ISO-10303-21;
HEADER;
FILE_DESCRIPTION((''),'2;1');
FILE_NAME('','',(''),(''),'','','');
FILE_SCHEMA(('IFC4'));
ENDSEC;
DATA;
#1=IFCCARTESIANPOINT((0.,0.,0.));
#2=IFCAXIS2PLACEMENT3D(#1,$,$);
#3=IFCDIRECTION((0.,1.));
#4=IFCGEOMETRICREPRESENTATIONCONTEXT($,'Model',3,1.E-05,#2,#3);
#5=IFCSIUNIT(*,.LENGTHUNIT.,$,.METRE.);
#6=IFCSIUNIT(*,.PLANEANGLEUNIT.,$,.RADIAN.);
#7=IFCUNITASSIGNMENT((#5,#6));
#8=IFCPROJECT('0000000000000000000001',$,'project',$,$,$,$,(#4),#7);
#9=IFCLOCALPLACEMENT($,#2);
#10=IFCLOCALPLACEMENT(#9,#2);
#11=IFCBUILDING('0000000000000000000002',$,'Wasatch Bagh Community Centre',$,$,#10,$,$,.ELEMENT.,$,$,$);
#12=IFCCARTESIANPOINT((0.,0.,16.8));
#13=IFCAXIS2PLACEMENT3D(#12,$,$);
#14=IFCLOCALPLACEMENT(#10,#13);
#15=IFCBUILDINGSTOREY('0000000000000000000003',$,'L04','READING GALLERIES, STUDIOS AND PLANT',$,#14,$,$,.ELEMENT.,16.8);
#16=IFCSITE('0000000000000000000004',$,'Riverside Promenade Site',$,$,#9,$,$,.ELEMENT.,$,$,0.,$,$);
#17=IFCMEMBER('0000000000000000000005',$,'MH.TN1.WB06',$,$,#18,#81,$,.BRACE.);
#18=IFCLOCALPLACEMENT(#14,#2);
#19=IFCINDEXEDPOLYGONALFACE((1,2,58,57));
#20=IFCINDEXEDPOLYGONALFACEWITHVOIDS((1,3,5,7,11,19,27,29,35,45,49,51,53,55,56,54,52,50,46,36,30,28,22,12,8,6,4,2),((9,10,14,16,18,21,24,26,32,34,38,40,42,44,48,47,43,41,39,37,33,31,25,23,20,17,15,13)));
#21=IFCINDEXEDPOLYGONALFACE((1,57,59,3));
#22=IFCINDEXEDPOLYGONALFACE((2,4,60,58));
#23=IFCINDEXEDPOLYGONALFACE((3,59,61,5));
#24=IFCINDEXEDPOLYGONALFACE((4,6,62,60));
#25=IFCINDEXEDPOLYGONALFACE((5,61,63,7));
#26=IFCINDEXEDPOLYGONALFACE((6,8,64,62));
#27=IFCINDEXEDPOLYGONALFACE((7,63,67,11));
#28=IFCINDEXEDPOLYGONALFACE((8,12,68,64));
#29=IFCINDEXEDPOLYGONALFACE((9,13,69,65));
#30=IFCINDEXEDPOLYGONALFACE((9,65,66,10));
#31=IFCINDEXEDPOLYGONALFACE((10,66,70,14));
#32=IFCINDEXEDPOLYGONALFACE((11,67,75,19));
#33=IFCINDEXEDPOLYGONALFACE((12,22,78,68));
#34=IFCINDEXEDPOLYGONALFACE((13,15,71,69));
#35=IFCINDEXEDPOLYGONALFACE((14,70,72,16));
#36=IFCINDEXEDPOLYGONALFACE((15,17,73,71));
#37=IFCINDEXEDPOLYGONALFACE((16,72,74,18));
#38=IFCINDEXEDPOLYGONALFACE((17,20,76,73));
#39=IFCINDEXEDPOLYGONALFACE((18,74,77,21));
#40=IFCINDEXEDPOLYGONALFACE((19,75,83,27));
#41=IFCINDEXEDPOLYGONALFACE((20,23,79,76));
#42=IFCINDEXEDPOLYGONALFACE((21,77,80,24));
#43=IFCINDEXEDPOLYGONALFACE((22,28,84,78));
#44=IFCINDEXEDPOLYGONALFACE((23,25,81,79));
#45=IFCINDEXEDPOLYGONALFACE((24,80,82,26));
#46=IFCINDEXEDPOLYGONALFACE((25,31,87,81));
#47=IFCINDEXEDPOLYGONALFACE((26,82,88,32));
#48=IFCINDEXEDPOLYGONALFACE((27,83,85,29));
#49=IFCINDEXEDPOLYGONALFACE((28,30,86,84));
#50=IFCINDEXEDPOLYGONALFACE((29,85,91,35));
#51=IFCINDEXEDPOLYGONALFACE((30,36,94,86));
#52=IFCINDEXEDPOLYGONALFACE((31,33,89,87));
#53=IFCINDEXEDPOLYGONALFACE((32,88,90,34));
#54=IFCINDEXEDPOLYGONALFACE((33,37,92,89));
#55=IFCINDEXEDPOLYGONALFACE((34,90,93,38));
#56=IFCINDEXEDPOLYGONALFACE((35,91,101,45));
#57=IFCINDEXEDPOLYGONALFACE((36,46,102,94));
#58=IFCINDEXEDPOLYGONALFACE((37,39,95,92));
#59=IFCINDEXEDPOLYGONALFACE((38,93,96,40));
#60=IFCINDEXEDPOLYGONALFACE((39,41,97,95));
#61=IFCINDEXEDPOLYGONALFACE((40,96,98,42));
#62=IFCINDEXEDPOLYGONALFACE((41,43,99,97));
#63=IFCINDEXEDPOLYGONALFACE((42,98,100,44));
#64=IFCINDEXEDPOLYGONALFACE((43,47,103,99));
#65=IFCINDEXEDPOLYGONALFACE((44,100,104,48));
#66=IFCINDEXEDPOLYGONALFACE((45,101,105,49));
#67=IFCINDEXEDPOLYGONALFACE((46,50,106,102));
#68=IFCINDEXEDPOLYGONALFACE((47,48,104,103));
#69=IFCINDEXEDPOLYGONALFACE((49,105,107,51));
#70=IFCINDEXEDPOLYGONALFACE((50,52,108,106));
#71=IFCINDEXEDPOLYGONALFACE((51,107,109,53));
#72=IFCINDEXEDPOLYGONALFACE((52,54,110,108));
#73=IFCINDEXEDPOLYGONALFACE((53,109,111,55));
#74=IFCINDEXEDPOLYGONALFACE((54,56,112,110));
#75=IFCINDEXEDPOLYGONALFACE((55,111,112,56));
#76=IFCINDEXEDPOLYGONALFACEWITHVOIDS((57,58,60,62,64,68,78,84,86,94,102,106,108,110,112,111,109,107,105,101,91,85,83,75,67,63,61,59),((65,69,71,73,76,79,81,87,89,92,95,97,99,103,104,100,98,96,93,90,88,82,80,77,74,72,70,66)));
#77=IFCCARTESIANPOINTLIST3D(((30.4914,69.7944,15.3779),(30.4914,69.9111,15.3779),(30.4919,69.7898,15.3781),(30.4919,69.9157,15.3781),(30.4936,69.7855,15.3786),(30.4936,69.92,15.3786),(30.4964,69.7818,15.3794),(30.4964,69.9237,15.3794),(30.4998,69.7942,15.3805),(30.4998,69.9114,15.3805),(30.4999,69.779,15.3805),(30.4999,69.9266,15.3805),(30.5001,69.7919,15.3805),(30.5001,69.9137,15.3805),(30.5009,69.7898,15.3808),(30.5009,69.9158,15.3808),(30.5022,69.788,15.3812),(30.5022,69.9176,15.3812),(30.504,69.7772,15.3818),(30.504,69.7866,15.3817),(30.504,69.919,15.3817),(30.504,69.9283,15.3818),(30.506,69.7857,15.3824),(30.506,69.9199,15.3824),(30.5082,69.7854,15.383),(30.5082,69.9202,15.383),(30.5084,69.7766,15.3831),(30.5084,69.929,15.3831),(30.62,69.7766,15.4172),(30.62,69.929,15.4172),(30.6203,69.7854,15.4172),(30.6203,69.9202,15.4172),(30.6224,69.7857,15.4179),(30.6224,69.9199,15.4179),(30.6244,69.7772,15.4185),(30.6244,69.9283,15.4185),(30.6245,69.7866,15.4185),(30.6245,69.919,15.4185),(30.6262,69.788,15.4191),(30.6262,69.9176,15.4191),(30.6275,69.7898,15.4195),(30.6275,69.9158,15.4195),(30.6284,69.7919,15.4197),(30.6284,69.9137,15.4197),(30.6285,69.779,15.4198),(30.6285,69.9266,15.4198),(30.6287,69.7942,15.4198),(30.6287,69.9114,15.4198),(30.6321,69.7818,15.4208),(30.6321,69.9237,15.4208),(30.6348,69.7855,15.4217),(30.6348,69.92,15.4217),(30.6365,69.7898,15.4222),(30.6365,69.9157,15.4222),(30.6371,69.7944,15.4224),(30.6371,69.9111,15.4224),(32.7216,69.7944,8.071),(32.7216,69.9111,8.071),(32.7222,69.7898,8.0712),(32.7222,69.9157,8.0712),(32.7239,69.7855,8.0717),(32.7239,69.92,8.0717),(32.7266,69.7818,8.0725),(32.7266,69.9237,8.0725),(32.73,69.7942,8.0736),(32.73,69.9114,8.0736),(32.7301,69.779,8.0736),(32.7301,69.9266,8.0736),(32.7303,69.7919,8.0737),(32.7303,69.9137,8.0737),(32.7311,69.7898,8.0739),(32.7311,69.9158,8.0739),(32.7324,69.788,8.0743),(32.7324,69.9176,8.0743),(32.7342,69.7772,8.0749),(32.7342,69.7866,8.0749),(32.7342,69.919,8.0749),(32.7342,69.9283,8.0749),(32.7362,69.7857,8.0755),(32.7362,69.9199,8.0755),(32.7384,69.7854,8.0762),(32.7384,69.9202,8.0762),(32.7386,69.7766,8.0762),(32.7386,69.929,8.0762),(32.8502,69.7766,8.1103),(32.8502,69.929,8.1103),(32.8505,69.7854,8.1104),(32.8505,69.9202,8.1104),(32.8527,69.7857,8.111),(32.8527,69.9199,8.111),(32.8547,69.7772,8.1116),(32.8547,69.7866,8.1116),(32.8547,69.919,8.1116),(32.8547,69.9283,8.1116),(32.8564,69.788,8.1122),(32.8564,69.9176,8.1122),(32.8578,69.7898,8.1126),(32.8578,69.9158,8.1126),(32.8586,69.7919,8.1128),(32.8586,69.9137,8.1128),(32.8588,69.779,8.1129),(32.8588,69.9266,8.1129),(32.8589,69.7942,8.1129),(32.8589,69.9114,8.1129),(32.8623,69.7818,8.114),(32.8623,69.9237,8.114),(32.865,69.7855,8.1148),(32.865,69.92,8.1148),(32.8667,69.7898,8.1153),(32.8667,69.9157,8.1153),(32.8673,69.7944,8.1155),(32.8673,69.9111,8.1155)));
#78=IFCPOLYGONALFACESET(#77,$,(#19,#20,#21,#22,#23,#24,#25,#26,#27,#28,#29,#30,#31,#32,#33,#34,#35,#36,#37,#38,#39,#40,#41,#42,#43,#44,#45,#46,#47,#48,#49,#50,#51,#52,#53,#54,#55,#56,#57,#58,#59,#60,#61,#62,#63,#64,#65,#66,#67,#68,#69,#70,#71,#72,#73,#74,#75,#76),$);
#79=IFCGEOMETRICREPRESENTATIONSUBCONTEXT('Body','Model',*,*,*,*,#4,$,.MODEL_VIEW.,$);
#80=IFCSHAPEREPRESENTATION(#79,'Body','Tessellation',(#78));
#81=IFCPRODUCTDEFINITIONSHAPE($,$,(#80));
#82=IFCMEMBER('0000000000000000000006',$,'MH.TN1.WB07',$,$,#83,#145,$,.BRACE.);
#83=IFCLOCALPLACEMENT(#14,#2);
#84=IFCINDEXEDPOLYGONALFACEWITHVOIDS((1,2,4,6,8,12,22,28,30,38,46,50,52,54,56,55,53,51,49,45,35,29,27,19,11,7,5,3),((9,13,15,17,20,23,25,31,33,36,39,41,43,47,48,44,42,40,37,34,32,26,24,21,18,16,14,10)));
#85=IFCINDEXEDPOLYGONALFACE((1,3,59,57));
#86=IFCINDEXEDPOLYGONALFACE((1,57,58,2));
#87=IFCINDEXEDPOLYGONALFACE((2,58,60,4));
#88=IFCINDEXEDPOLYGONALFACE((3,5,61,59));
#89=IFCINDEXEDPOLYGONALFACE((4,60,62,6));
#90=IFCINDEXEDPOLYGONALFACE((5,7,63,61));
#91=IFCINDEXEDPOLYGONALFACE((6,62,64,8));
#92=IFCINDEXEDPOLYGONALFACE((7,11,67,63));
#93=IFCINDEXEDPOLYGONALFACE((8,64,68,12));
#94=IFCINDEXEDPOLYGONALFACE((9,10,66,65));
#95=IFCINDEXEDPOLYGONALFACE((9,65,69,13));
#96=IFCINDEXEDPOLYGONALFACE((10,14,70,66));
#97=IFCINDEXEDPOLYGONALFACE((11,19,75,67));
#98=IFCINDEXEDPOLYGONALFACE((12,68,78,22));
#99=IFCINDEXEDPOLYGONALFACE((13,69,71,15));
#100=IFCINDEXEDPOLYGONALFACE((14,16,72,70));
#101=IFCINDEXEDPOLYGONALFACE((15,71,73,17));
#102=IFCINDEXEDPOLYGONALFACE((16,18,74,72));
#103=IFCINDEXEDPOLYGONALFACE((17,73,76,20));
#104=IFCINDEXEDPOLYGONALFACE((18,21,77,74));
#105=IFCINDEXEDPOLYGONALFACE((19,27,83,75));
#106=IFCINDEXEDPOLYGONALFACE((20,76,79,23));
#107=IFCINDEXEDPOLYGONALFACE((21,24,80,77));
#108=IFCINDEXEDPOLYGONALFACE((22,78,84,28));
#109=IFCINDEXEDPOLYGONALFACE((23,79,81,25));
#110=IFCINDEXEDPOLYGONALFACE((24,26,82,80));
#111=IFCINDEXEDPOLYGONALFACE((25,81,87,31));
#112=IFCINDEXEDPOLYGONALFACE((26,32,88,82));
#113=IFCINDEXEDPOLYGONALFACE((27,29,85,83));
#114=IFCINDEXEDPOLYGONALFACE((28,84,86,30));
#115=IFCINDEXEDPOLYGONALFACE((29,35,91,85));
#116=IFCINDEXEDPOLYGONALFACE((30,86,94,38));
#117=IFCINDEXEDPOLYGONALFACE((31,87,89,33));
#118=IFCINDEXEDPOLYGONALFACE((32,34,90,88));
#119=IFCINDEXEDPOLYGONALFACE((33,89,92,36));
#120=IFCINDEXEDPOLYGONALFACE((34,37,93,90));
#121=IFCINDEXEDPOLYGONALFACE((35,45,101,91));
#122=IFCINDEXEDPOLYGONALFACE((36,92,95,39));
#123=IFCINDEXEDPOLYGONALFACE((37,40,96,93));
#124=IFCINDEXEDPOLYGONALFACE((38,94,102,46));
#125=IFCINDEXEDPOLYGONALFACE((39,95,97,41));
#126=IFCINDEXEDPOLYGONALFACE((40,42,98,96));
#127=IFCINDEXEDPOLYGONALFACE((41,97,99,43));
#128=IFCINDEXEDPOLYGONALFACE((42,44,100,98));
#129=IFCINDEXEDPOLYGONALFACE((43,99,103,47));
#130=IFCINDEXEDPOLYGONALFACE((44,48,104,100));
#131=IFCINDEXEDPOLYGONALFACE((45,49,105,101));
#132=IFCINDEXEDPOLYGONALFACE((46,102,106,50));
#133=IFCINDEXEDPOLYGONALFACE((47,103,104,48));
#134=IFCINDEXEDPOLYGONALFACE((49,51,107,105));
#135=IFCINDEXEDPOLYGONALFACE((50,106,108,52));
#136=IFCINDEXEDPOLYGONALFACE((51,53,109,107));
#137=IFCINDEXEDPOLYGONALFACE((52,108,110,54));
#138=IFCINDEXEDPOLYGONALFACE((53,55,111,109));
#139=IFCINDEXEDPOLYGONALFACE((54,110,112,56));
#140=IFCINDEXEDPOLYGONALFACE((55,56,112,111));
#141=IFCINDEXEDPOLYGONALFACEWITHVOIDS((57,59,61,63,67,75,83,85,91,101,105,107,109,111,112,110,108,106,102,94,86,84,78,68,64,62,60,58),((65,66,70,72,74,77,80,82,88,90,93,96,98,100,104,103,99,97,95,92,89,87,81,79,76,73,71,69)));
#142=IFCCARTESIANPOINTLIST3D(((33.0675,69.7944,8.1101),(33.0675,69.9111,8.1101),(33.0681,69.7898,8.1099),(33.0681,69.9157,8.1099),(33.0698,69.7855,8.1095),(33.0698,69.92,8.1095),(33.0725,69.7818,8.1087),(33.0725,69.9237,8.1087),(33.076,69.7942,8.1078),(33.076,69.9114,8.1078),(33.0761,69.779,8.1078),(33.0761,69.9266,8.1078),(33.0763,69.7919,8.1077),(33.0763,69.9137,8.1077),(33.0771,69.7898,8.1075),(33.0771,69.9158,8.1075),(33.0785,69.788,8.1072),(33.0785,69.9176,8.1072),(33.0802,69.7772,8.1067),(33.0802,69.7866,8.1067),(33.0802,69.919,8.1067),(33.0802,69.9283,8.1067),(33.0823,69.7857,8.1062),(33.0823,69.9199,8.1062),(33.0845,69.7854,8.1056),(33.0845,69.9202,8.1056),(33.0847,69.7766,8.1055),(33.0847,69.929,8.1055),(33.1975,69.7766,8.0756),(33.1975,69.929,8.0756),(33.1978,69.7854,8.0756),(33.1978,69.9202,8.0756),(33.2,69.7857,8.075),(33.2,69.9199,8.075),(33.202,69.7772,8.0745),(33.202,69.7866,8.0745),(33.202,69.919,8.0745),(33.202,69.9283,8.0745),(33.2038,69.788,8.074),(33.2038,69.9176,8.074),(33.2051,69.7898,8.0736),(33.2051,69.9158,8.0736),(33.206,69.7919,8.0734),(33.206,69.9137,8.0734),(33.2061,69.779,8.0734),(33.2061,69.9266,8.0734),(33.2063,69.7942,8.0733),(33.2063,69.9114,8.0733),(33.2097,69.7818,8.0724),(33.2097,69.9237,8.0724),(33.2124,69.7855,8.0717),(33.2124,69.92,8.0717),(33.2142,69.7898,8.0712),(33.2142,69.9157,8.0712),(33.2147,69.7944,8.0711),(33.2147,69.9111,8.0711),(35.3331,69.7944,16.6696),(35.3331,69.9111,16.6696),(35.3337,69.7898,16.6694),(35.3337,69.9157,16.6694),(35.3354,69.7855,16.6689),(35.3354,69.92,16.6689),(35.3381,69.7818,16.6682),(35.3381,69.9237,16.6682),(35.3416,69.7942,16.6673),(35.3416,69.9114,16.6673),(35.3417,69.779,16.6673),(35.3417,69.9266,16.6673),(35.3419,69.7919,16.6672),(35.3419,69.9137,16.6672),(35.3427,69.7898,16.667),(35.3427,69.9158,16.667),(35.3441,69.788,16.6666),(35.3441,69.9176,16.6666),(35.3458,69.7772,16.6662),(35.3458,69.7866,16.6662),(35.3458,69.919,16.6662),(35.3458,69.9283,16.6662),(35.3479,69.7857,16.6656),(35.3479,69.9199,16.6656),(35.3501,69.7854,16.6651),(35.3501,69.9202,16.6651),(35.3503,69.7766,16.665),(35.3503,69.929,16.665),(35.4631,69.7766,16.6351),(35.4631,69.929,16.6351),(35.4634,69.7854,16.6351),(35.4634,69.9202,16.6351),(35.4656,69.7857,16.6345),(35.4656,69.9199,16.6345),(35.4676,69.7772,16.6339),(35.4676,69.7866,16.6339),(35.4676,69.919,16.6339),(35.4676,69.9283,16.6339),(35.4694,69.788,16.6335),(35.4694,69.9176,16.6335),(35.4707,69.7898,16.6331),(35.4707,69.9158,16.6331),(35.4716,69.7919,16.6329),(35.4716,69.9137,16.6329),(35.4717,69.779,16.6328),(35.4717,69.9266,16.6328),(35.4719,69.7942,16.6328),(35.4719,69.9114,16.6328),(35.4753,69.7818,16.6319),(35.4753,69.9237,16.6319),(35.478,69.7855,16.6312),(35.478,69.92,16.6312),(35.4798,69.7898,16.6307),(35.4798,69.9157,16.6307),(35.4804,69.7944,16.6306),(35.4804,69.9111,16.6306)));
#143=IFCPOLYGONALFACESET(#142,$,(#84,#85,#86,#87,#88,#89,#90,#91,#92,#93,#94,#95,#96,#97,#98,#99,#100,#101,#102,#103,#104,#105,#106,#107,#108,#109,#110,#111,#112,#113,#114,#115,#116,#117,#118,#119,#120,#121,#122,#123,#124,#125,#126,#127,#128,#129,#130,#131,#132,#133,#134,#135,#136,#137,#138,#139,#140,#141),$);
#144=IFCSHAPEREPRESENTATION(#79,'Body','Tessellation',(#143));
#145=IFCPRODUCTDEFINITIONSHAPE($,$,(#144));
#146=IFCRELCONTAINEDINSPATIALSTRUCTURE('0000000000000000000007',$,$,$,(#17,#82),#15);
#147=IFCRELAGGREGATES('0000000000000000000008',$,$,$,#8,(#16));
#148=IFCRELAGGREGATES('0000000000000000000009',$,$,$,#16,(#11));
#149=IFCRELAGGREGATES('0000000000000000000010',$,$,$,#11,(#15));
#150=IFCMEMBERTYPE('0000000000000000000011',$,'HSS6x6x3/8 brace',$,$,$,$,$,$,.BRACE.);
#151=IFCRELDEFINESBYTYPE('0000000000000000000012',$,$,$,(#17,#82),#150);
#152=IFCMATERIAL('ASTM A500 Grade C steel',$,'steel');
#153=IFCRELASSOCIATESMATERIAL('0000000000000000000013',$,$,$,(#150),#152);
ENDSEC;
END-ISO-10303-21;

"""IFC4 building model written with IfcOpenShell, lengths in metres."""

from ifc_helpers import new_model, si_unit, direction, frame, origin, origin_2d, place, context, subcontext, project, spatial, hollow_rectangle, extrude, material, material_profile, profile_set, type_object, element, save


model = new_model("IFC4")

# Units and contexts
model_context = context("Model", 3, precision=1e-05, world=origin(), true_north=direction((0.0, 1.0)))
body_context = subcontext(model_context, "Body", "Model", "MODEL_VIEW")
ifc_project = project(units=[si_unit("LENGTHUNIT", "METRE"), si_unit("PLANEANGLEUNIT", "RADIAN")], contexts=[model_context])

# Site, building, storey
site_placement = place(None, origin())
site = spatial("IfcSite", under=ifc_project, at=site_placement, Name="Riverside Promenade Site", CompositionType="ELEMENT", RefElevation=0.0)
building_placement = place(site_placement, origin())
building = spatial("IfcBuilding", under=site, at=building_placement, Name="Wasatch Bagh Community Centre", CompositionType="ELEMENT")
storey_placement = place(building_placement, frame((0.0, 0.0, 16.8)))
storey = spatial("IfcBuildingStorey", under=building, at=storey_placement, Name="L04", Description="READING GALLERIES, STUDIOS AND PLANT", CompositionType="ELEMENT", Elevation=16.8)

# Members
ifc_material_1 = material(Name="ASTM A500 Grade C steel", Category="steel")
ifc_material_profile_1 = material_profile(ifc_material_1, hollow_rectangle(XDim=0.1523, YDim=0.1523, WallThickness=0.0088, InnerFilletRadius=0.0088, OuterFilletRadius=0.0178, at=origin_2d()), Name="HSS6x6x3/8")
ifc_profile_set_1 = profile_set([ifc_material_profile_1], Name="ASTM A500 Grade C steel")
member_type_1 = type_object("IfcMemberType", Name="HSS6x6x3/8 brace", PredefinedType="BRACE", material=ifc_profile_set_1)
member_1_placement = place(storey_placement, frame((32.7944, 69.8528, 8.0933), z_axis=(-0.291927, 0.0, 0.956441), x_axis=(0.0, -1.0, 0.0)))
element("IfcMember", 1, at=member_1_placement, inside=storey, type_object=member_type_1, Name="MH.TN1.WB06", PredefinedType="BRACE", context=body_context, shape_type="SweptSolid", body=[
    extrude(hollow_rectangle(XDim=0.1523, YDim=0.1523, WallThickness=0.0088, InnerFilletRadius=0.0088, OuterFilletRadius=0.0178, at=origin_2d()), origin(), (0.0, 0.0, 1.0), 7.6396),
])
member_2_placement = place(storey_placement, frame((33.1411, 69.8528, 8.0906), z_axis=(0.255877, 0.0, 0.966709), x_axis=(0.0, 1.0, 0.0)))
element("IfcMember", 2, at=member_2_placement, inside=storey, type_object=member_type_1, Name="MH.TN1.WB07", PredefinedType="BRACE", context=body_context, shape_type="SweptSolid", body=[
    extrude(hollow_rectangle(XDim=0.1523, YDim=0.1523, WallThickness=0.0088, InnerFilletRadius=0.0088, OuterFilletRadius=0.0178, at=origin_2d()), origin(), (0.0, 0.0, 1.0), 8.8542),
])

save(model, "model.ifc")
